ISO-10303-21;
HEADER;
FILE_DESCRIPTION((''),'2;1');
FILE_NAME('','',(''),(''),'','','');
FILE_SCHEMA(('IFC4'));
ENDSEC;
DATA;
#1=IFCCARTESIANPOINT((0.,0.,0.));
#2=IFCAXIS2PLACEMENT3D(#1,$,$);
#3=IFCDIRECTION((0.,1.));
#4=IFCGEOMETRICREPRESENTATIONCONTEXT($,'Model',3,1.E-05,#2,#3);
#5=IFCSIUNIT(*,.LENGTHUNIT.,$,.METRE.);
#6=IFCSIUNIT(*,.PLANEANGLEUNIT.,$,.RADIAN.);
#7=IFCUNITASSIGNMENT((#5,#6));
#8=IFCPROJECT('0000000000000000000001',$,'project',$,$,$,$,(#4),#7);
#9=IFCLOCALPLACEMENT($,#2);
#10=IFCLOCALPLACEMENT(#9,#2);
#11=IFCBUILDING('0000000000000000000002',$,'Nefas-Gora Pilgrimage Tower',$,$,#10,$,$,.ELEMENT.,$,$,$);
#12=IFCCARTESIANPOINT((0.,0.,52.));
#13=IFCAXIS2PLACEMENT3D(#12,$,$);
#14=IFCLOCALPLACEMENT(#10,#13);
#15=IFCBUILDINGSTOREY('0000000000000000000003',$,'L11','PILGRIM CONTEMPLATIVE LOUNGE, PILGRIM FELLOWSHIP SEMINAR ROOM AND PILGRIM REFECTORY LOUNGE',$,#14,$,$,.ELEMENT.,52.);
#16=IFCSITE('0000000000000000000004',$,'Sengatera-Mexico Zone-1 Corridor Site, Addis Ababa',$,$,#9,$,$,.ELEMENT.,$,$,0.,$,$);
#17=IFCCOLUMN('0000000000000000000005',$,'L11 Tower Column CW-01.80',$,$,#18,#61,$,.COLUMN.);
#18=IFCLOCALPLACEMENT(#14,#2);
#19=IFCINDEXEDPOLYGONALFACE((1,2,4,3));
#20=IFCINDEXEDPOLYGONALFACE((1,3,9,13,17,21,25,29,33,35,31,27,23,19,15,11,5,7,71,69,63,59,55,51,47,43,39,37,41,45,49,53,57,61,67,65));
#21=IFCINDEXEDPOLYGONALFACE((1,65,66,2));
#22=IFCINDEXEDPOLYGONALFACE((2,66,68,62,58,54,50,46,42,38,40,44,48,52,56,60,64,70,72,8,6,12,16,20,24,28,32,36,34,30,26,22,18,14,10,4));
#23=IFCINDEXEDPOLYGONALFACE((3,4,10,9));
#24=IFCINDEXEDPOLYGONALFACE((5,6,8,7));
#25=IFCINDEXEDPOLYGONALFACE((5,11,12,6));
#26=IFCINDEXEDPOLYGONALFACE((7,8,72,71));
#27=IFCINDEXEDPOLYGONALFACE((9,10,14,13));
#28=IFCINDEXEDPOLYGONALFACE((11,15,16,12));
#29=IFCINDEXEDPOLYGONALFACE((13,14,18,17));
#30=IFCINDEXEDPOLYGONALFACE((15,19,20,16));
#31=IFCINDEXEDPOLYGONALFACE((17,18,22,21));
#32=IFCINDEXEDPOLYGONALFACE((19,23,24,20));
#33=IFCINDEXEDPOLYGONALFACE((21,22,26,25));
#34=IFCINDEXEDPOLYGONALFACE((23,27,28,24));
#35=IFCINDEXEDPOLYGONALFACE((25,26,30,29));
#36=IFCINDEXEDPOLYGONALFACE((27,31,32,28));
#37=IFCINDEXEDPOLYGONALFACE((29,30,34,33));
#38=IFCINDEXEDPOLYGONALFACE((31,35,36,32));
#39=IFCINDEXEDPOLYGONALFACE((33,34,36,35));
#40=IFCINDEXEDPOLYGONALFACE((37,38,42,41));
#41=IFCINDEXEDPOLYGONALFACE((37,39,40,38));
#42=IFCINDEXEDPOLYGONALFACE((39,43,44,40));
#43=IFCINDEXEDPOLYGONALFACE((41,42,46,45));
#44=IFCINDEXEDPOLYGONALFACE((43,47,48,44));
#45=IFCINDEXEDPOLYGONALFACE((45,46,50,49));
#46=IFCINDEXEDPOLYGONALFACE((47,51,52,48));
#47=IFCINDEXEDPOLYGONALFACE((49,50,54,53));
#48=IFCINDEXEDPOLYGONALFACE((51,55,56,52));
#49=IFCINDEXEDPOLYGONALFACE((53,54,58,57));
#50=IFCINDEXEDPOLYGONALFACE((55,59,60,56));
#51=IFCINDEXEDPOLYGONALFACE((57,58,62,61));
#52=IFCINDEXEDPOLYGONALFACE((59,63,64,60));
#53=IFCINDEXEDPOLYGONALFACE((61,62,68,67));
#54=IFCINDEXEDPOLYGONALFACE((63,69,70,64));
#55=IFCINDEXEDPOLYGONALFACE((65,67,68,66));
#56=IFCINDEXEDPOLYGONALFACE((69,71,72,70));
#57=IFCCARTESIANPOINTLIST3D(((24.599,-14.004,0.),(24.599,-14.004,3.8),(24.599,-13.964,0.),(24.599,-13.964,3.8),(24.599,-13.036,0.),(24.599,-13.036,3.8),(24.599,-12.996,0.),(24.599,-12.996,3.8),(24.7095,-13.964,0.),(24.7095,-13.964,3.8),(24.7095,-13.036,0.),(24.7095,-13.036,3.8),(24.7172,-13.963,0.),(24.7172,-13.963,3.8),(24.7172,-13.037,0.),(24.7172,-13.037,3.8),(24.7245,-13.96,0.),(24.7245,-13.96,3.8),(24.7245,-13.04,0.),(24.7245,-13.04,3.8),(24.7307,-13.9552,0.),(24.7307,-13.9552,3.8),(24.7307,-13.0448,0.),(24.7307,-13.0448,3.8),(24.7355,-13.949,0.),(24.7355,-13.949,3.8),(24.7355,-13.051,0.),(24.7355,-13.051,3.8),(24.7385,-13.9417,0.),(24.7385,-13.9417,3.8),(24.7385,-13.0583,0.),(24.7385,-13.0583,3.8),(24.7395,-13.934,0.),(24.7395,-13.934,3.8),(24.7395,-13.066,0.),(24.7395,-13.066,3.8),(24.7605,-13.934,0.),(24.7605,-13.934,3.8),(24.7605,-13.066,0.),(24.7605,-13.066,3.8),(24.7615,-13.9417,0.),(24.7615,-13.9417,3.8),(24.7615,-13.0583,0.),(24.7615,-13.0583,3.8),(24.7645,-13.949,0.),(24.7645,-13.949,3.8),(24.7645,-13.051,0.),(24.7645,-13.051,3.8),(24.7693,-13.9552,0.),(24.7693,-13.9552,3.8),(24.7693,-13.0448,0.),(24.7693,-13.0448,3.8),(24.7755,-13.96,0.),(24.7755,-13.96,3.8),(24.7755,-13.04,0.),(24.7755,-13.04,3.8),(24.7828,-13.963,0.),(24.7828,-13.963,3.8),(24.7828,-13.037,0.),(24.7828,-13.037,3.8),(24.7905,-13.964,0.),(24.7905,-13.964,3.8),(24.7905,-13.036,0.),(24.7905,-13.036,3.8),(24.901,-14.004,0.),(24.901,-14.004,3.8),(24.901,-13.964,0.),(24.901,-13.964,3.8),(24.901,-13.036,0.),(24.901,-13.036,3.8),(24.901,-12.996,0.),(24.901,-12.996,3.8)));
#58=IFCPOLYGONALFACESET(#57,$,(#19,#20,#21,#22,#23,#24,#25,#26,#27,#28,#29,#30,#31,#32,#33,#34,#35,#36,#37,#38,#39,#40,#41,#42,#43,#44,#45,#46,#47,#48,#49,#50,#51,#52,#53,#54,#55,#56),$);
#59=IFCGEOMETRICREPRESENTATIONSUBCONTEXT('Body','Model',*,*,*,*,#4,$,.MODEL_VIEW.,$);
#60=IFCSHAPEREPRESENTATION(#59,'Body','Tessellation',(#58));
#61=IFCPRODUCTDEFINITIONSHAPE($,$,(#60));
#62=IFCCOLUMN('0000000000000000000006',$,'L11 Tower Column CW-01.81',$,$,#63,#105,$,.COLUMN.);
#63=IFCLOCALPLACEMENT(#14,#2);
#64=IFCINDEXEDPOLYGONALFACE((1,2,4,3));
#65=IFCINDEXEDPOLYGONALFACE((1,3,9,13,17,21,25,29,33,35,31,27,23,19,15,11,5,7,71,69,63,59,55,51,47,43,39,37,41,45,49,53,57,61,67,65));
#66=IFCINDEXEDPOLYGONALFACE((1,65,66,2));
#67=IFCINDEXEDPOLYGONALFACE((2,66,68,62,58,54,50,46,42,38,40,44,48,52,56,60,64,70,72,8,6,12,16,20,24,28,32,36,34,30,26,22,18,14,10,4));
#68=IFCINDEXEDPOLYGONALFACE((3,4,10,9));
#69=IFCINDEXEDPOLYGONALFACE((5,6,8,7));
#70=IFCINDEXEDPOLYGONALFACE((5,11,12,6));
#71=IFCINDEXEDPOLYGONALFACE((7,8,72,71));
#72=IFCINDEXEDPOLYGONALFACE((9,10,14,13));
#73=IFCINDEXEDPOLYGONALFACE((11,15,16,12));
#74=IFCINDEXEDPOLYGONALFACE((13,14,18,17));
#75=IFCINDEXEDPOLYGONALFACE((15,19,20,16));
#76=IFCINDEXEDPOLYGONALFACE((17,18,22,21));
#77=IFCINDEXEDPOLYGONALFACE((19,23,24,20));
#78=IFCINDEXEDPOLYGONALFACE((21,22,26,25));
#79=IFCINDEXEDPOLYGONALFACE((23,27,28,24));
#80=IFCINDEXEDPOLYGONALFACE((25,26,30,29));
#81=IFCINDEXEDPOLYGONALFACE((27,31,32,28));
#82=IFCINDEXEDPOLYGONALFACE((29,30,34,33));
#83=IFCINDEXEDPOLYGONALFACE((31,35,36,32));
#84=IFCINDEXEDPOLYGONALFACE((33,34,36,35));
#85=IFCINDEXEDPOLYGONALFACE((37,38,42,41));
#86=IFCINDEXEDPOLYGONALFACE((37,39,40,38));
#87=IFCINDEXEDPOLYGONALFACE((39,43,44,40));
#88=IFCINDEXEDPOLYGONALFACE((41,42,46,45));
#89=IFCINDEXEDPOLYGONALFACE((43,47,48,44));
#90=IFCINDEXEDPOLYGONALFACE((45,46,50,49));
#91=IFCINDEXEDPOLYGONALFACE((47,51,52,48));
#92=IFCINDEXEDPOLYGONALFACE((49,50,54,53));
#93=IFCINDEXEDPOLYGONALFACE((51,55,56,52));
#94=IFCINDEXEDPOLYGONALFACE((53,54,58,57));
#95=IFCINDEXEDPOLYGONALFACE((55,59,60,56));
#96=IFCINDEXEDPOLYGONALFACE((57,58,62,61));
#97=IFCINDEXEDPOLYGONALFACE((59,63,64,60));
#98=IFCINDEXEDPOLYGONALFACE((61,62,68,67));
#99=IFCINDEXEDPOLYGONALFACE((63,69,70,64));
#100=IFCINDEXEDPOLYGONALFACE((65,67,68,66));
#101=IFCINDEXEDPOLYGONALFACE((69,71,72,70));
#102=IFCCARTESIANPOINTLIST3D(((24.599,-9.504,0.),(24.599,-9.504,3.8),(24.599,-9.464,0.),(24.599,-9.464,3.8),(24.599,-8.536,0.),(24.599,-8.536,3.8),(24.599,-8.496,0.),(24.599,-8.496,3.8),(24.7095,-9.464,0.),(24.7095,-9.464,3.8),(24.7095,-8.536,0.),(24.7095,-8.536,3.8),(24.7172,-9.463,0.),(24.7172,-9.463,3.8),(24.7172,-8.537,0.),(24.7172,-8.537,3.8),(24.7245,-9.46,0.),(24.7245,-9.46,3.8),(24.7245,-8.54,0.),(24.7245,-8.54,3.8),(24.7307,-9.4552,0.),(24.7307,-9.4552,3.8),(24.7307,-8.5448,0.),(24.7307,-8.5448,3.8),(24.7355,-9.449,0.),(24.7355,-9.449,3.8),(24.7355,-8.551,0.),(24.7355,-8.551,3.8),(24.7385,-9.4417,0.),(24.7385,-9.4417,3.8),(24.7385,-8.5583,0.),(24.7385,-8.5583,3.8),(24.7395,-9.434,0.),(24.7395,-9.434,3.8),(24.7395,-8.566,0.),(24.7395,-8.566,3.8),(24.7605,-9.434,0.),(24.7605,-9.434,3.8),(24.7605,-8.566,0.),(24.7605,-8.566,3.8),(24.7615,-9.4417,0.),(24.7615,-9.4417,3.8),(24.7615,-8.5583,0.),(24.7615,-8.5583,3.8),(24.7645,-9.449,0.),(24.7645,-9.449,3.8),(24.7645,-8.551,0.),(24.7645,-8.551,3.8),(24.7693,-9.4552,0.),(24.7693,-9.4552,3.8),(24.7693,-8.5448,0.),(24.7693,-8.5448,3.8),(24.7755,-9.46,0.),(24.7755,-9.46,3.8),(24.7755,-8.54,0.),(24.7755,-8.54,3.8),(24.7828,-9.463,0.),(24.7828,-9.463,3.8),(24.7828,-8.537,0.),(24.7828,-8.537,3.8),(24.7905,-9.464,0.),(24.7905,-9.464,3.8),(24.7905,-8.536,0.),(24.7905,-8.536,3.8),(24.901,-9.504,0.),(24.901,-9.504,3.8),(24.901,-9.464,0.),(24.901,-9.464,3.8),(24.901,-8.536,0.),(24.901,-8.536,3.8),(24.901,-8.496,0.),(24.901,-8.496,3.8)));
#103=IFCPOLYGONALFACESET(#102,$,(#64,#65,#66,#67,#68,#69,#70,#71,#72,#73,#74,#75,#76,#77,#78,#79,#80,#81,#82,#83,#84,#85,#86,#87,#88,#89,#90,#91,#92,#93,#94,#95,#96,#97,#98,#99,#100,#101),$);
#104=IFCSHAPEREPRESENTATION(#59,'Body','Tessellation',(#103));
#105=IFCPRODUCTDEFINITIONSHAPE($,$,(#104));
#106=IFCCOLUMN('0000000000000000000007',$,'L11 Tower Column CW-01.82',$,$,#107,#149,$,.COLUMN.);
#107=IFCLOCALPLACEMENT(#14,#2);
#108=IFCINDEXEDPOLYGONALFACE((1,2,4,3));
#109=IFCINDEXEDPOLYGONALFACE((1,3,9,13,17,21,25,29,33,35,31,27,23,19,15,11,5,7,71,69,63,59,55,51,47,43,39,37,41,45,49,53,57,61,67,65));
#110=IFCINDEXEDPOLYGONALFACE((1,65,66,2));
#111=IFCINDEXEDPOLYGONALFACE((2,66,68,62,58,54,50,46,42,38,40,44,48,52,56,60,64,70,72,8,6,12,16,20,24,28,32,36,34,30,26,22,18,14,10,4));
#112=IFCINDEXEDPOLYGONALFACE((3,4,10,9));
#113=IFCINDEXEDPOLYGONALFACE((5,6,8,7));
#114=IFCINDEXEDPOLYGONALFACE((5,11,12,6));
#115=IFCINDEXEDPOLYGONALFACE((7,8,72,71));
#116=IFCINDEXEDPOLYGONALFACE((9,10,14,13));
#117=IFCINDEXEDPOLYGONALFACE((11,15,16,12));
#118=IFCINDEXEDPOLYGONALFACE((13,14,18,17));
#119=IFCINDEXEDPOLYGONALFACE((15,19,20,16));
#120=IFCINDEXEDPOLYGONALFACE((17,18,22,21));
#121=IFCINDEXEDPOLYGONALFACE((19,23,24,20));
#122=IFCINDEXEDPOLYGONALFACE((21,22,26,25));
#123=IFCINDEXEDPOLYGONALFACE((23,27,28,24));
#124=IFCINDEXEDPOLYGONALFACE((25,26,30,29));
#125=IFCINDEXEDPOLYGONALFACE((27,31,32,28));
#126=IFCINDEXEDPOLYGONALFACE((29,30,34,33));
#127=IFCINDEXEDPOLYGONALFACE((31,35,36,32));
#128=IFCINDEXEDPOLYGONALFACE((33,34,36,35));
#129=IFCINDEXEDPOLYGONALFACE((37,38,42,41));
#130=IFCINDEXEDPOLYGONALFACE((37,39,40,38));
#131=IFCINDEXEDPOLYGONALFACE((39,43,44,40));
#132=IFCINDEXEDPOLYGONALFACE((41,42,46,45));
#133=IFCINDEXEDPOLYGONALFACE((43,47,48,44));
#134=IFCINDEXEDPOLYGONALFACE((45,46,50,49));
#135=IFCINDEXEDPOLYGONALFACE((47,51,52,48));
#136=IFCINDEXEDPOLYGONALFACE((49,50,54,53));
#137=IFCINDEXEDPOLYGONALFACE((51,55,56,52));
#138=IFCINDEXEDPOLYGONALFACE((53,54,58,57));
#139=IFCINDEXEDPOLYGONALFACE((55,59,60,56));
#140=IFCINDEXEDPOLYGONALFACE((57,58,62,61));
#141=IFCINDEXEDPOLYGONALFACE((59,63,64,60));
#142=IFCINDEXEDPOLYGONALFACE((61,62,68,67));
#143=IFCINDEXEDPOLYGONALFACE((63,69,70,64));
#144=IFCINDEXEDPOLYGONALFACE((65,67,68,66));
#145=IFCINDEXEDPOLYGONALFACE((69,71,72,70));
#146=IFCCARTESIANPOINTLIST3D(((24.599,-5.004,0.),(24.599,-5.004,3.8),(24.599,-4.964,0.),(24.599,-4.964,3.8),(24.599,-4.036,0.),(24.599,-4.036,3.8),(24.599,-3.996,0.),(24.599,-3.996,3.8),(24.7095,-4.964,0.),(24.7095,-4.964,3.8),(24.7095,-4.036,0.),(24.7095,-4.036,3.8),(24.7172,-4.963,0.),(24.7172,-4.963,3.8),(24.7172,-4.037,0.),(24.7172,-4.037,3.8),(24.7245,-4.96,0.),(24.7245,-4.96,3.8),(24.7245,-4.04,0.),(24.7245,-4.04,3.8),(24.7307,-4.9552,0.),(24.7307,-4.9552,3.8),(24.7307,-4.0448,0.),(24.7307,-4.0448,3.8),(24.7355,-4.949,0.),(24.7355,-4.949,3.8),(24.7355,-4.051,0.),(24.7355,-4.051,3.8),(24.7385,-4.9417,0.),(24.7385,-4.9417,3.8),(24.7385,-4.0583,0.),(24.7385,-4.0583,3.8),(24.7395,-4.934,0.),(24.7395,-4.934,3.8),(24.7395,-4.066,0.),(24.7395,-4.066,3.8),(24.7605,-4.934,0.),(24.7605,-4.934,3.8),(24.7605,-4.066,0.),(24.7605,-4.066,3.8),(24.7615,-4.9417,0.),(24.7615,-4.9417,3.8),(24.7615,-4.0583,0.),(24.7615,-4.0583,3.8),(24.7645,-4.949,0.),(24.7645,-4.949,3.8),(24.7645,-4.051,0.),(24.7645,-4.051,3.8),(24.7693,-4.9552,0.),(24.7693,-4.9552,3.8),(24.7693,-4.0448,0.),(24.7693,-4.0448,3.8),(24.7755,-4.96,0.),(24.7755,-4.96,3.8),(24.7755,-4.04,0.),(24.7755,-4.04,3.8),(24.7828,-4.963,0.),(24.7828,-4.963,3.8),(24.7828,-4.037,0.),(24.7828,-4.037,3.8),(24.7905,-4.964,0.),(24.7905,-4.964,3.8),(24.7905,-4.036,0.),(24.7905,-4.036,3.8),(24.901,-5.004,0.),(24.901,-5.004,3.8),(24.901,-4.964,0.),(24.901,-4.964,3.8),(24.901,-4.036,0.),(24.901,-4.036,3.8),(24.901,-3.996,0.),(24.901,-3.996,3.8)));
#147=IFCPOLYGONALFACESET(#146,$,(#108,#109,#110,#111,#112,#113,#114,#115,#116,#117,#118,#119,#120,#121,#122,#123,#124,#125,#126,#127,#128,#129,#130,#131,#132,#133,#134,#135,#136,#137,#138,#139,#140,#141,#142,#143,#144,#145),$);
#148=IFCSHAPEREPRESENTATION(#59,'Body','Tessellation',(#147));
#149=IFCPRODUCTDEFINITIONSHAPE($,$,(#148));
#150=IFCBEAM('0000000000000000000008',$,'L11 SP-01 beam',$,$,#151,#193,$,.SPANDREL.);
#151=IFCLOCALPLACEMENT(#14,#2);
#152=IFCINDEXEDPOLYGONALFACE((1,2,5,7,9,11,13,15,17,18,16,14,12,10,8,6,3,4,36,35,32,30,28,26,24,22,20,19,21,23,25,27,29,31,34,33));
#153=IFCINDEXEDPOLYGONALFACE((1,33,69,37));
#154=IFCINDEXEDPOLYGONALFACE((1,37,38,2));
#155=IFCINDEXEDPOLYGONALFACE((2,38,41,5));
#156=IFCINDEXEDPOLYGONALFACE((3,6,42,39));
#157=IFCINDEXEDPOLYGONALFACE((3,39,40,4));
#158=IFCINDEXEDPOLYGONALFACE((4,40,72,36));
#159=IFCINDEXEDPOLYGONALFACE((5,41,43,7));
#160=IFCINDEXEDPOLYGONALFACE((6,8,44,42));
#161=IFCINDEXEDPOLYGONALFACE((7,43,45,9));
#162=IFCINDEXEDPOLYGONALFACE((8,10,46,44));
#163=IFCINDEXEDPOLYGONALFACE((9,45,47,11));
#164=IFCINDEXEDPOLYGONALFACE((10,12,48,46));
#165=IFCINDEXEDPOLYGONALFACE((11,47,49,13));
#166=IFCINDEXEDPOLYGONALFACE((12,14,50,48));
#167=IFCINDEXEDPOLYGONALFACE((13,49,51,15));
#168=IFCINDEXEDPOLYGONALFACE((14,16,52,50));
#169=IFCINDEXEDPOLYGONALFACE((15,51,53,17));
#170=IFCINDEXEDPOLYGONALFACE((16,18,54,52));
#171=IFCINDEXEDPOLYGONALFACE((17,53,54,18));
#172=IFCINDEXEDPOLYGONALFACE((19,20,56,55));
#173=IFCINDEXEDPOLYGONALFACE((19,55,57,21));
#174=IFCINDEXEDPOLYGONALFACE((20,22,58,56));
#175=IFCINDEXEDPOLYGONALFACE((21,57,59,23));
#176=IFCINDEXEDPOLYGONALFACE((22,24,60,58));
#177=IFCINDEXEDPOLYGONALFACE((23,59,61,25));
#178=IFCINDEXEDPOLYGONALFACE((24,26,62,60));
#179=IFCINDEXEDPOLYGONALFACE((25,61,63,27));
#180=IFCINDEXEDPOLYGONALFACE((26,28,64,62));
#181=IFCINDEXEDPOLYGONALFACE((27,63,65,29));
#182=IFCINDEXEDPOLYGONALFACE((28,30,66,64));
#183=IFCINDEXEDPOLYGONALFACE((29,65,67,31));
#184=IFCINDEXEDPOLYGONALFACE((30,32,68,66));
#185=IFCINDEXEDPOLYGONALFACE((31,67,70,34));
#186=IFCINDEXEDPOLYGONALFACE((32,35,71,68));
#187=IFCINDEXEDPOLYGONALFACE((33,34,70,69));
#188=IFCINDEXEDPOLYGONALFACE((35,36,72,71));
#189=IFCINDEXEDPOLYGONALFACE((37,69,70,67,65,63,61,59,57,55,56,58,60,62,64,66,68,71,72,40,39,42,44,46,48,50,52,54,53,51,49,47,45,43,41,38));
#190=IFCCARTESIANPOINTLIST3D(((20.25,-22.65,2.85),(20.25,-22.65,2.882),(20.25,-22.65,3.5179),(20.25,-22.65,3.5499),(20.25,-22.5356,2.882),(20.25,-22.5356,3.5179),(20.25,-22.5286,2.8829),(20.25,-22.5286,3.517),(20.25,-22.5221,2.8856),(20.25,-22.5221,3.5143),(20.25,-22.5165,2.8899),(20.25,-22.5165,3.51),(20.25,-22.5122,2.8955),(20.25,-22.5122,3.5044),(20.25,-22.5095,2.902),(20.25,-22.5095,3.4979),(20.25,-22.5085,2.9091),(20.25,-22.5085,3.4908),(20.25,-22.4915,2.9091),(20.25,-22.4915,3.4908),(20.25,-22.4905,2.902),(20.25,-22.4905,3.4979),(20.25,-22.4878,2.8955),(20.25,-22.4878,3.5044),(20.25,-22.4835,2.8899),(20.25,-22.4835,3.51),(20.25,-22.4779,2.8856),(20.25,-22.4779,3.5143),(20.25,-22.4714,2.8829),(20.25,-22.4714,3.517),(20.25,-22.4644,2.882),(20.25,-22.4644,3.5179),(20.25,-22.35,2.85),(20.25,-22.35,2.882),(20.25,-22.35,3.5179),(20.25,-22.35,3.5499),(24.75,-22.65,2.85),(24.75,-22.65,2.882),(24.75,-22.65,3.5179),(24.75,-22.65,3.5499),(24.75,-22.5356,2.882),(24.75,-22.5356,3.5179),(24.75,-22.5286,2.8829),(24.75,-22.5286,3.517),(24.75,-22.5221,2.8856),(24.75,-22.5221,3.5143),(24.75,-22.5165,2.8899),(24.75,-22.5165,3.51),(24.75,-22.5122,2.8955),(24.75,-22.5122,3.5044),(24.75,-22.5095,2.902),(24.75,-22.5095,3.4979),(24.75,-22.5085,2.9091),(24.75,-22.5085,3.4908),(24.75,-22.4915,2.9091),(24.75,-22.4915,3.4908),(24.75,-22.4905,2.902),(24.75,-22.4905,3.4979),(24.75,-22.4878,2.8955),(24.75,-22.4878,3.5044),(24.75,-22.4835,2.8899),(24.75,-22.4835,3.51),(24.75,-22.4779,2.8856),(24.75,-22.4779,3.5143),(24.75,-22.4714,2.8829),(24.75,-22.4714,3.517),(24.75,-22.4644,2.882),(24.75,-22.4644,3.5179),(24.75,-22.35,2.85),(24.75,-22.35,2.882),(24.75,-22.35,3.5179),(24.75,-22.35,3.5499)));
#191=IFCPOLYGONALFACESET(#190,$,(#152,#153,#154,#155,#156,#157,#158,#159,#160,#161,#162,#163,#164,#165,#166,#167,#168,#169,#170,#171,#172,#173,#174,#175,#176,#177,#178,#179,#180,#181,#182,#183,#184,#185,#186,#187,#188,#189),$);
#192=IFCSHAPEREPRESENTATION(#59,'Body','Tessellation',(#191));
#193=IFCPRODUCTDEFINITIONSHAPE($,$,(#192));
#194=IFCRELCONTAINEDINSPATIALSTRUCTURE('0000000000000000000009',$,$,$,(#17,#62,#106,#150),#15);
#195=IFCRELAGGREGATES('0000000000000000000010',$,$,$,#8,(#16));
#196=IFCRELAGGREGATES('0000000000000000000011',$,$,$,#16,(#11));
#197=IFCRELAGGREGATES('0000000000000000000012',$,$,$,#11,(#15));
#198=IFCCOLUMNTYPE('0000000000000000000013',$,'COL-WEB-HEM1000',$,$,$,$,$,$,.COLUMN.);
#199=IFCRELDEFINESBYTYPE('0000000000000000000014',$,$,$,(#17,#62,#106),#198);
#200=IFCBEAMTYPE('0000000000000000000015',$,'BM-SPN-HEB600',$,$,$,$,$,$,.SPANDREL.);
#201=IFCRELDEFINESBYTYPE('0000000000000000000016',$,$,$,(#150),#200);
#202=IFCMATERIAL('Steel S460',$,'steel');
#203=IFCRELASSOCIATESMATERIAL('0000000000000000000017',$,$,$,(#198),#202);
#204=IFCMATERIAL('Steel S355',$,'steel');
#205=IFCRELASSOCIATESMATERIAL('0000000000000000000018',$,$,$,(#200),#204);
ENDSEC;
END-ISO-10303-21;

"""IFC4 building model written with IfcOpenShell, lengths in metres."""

from ifc_helpers import new_model, si_unit, direction, frame, origin, origin_2d, place, context, subcontext, project, spatial, i_section, extrude, source, transform, mapped, material, material_profile, profile_set, type_object, element, save


model = new_model("IFC4")

# Units and contexts
model_context = context("Model", 3, precision=1e-05, world=origin(), true_north=direction((0.0, 1.0)))
body_context = subcontext(model_context, "Body", "Model", "MODEL_VIEW")
ifc_project = project(units=[si_unit("LENGTHUNIT", "METRE"), si_unit("PLANEANGLEUNIT", "RADIAN")], contexts=[model_context])

# Site, building, storey
site_placement = place(None, origin())
site = spatial("IfcSite", under=ifc_project, at=site_placement, Name="Sengatera-Mexico Zone-1 Corridor Site, Addis Ababa", CompositionType="ELEMENT", RefElevation=0.0)
building_placement = place(site_placement, origin())
building = spatial("IfcBuilding", under=site, at=building_placement, Name="Nefas-Gora Pilgrimage Tower", CompositionType="ELEMENT")
storey_placement = place(building_placement, frame((0.0, 0.0, 52.0)))
storey = spatial("IfcBuildingStorey", under=building, at=storey_placement, Name="L11", Description="PILGRIM CONTEMPLATIVE LOUNGE, PILGRIM FELLOWSHIP SEMINAR ROOM AND PILGRIM REFECTORY LOUNGE", CompositionType="ELEMENT", Elevation=52.0)

# Columns
ifc_material_1 = material(Name="Steel S460", Category="steel")
ifc_material_profile_1 = material_profile(ifc_material_1, i_section(OverallWidth=0.302, OverallDepth=1.0081, WebThickness=0.021, FlangeThickness=0.04, FilletRadius=0.03, at=origin_2d()), Name="HEM 1000")
ifc_profile_set_1 = profile_set([ifc_material_profile_1], Name="Steel S460")
column_type_1 = type_object("IfcColumnType", Name="COL-WEB-HEM1000", PredefinedType="COLUMN", material=ifc_profile_set_1)
shared_shape_1 = source(origin(), body_context, "Body", "SweptSolid", [
    extrude(i_section(OverallWidth=0.302, OverallDepth=1.0081, WebThickness=0.021, FlangeThickness=0.04, FilletRadius=0.03, at=origin_2d()), origin(), (0.0, 0.0, 1.0), 3.8),
])
for number, where, z_axis, x_axis, name in (
    (1, (24.75, -13.5, 0.0), (0.0, 0.0, 1.0), (1.0, 0.0, 0.0), "L11 Tower Column CW-01.80"),
    (2, (24.75, -9.0, 0.0), (0.0, 0.0, 1.0), (1.0, 0.0, 0.0), "L11 Tower Column CW-01.81"),
    (3, (24.75, -4.5, 0.0), (0.0, 0.0, 1.0), (1.0, 0.0, 0.0), "L11 Tower Column CW-01.82"),
):
    element("IfcColumn", number, at=place(storey_placement, frame(where, z_axis=z_axis, x_axis=x_axis)), inside=storey, type_object=column_type_1, Name=name, PredefinedType="COLUMN", context=body_context, shape_type="MappedRepresentation", body=[
        mapped(shared_shape_1, transform((0.0, 0.0, 0.0), x_axis=(1.0, 0.0, 0.0), y_axis=(0.0, 1.0, 0.0), z_axis=(0.0, 0.0, 1.0), scale=1.0)),
    ])

# Beam
ifc_material_2 = material(Name="Steel S355", Category="steel")
ifc_material_profile_2 = material_profile(ifc_material_2, i_section(OverallWidth=0.3, OverallDepth=0.7, WebThickness=0.0171, FlangeThickness=0.032, FilletRadius=0.0271, at=origin_2d()), Name="HEB 700")
ifc_profile_set_2 = profile_set([ifc_material_profile_2], Name="Steel S355")
beam_type_1 = type_object("IfcBeamType", Name="BM-SPN-HEB600", PredefinedType="SPANDREL", material=ifc_profile_set_2)
shared_shape_2 = source(origin(), body_context, "Body", "SweptSolid", [
    extrude(i_section(OverallWidth=0.3, OverallDepth=0.7, WebThickness=0.0171, FlangeThickness=0.032, FilletRadius=0.0271, at=origin_2d()), origin(), (0.0, 0.0, 1.0), 4.5),
])
for number, where, z_axis, x_axis, name in (
    (4, (20.25, -22.5, 3.2), (1.0, 0.0, 0.0), (0.0, 1.0, 0.0), "L11 SP-01 beam"),
):
    element("IfcBeam", number, at=place(storey_placement, frame(where, z_axis=z_axis, x_axis=x_axis)), inside=storey, type_object=beam_type_1, Name=name, PredefinedType="SPANDREL", context=body_context, shape_type="MappedRepresentation", body=[
        mapped(shared_shape_2, transform((0.0, 0.0, 0.0), x_axis=(1.0, 0.0, 0.0), y_axis=(0.0, 1.0, 0.0), z_axis=(0.0, 0.0, 1.0), scale=1.0)),
    ])

save(model, "model.ifc")
